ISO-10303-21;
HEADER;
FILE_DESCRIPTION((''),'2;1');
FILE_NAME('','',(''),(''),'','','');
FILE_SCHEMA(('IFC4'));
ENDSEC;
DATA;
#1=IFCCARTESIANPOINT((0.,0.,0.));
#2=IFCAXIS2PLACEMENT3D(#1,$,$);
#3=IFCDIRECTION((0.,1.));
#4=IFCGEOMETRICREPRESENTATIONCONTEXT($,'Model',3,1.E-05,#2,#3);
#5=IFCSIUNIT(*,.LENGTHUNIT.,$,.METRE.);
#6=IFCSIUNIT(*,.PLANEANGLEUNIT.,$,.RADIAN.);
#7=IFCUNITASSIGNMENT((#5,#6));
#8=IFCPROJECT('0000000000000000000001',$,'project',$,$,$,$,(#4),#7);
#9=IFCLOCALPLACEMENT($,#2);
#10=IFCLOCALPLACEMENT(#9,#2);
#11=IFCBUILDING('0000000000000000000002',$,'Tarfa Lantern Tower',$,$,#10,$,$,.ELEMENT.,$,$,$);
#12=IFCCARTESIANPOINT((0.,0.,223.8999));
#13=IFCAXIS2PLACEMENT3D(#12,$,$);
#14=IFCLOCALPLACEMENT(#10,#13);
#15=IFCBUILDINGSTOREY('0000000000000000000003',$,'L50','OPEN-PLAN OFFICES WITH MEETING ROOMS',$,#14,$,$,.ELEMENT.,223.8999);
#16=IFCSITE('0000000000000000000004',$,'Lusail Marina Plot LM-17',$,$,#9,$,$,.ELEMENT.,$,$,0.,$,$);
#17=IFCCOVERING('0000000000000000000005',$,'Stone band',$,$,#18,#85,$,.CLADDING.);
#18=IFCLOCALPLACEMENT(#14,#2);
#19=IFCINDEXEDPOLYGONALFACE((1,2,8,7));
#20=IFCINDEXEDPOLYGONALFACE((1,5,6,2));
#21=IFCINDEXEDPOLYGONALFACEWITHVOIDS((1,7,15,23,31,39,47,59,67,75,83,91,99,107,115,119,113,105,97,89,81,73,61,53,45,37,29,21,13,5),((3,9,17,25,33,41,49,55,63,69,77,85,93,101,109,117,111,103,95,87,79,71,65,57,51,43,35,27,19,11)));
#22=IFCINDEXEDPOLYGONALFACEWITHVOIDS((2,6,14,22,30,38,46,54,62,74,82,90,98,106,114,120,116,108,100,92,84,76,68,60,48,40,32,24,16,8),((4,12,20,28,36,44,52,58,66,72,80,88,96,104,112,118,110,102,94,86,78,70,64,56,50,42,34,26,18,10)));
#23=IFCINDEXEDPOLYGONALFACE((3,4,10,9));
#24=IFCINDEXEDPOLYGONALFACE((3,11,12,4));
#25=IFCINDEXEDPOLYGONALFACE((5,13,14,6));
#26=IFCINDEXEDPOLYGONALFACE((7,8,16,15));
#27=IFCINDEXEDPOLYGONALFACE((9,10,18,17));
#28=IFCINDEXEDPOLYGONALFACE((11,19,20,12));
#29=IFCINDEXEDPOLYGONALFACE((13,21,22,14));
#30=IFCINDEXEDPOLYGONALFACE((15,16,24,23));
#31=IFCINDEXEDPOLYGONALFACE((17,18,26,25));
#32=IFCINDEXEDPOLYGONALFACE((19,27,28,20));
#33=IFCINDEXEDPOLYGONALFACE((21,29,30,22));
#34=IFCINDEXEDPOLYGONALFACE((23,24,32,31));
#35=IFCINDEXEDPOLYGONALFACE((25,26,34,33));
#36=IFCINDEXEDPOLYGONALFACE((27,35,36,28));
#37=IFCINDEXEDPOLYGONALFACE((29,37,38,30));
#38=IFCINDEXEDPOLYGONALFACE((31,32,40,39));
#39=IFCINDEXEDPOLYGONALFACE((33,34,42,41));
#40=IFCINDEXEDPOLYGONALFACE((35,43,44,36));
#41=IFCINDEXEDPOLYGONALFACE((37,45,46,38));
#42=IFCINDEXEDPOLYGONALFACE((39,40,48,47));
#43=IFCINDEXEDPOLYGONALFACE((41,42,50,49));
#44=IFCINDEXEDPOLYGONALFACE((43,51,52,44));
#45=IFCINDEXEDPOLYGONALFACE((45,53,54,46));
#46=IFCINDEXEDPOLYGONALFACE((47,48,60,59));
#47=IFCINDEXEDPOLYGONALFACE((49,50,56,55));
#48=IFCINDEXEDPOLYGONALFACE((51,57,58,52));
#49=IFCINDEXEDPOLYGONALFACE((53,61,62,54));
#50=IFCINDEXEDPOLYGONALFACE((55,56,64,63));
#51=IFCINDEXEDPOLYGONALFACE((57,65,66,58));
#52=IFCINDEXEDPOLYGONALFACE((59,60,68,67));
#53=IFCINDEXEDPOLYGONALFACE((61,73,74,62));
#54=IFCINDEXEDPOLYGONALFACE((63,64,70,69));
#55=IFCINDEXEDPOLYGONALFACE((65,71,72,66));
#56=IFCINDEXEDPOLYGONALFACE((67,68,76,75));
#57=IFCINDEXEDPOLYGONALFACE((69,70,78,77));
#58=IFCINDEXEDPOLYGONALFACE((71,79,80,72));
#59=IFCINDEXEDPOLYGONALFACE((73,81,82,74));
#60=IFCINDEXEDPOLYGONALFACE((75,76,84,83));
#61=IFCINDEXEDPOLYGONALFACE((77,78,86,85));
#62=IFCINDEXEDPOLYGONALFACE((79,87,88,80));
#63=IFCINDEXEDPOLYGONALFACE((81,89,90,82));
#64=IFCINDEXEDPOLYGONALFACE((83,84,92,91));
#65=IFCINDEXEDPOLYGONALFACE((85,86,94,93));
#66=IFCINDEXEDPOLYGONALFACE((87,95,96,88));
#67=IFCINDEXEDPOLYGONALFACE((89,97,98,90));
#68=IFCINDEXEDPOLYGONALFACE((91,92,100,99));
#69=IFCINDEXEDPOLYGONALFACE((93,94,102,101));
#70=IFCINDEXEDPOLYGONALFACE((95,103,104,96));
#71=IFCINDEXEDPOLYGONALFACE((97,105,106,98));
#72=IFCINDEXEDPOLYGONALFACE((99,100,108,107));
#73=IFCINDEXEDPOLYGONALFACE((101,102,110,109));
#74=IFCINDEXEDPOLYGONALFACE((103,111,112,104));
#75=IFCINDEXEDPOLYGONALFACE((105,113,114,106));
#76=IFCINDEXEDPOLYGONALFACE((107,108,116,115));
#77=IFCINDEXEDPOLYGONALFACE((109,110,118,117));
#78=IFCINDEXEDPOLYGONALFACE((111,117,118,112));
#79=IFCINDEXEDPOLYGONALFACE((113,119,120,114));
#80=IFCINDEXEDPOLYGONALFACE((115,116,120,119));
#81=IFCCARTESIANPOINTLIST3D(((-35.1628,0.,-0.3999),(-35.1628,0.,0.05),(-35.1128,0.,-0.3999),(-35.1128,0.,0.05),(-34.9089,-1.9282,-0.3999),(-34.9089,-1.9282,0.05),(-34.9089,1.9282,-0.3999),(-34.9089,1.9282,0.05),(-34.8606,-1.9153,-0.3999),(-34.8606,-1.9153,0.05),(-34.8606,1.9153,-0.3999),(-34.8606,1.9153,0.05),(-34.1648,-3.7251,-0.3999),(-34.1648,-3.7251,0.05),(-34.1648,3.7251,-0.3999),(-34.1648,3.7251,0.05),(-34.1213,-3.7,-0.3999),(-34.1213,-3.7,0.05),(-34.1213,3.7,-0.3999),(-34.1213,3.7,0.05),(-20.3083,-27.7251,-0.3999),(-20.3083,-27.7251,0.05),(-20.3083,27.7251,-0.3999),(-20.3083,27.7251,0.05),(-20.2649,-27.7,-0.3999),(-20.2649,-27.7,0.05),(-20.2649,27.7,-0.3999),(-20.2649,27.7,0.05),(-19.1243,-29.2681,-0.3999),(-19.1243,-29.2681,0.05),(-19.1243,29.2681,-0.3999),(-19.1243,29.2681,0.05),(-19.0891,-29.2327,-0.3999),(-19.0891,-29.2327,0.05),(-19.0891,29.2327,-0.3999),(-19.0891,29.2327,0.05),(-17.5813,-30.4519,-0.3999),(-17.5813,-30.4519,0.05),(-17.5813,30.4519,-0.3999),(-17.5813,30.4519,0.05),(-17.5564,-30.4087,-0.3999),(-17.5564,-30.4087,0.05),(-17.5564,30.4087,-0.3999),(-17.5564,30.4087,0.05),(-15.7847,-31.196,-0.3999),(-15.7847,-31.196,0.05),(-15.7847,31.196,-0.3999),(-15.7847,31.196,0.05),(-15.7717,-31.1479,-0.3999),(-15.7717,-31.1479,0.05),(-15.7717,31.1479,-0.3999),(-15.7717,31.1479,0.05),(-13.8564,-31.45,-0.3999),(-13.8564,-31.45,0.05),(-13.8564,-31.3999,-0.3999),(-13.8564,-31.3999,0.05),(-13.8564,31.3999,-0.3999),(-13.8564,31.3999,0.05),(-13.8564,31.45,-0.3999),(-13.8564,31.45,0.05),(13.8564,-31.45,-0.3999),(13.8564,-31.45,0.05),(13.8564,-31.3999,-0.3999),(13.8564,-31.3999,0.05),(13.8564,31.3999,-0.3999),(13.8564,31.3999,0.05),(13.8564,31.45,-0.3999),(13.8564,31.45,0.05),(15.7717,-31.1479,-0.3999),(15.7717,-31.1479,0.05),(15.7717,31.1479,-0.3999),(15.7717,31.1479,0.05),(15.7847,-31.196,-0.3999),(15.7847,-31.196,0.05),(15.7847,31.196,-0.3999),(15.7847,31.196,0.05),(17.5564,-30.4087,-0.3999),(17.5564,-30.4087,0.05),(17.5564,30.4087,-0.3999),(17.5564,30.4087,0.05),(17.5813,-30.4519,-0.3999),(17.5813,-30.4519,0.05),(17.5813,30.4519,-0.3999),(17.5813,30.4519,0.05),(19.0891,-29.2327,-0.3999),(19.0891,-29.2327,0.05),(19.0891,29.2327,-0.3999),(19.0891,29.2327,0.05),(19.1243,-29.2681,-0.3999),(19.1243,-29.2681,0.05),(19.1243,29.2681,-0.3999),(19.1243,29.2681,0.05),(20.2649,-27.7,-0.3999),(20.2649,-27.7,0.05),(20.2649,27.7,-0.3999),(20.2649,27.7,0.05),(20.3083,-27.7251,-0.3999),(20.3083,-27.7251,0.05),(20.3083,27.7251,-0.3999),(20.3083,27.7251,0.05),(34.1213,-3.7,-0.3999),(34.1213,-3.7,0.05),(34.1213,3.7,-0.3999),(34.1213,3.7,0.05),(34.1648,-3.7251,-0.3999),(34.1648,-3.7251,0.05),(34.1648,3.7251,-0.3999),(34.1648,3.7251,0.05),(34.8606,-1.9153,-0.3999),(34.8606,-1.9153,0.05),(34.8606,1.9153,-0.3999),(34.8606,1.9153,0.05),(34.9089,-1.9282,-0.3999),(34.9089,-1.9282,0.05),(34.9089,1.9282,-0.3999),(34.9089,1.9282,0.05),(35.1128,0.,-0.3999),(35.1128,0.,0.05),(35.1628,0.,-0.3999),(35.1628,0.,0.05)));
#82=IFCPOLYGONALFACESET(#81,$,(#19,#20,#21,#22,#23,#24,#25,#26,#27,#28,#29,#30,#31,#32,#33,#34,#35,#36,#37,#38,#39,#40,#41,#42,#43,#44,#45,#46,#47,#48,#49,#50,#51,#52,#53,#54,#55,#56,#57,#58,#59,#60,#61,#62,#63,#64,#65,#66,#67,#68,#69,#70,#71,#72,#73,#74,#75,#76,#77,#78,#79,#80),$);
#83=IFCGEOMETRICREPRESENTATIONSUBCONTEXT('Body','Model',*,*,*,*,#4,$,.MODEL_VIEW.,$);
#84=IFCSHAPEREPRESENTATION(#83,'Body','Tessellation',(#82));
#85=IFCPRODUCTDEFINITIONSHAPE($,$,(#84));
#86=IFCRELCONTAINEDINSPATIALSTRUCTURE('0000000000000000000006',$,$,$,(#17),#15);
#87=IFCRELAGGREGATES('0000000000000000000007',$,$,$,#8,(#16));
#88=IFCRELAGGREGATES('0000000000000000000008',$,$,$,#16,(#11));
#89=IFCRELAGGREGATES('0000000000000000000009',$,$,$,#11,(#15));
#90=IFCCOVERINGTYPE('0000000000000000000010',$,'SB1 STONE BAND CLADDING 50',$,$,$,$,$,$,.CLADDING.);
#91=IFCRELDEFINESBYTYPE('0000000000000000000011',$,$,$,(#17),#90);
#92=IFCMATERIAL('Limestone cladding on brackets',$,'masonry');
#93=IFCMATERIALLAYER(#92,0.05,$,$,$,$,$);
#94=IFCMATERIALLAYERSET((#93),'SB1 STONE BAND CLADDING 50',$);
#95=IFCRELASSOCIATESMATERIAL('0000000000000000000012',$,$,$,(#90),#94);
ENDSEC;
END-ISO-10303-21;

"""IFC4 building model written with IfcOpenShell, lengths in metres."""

from ifc_helpers import new_model, si_unit, direction, frame, origin, place, context, subcontext, project, spatial, polyline, outline, extrude, material, layer, layer_set, type_object, element, save


model = new_model("IFC4")

# Units and contexts
model_context = context("Model", 3, precision=1e-05, world=origin(), true_north=direction((0.0, 1.0)))
body_context = subcontext(model_context, "Body", "Model", "MODEL_VIEW")
ifc_project = project(units=[si_unit("LENGTHUNIT", "METRE"), si_unit("PLANEANGLEUNIT", "RADIAN")], contexts=[model_context])

# Site, building, storey
site_placement = place(None, origin())
site = spatial("IfcSite", under=ifc_project, at=site_placement, Name="Lusail Marina Plot LM-17", CompositionType="ELEMENT", RefElevation=0.0)
building_placement = place(site_placement, origin())
building = spatial("IfcBuilding", under=site, at=building_placement, Name="Tarfa Lantern Tower", CompositionType="ELEMENT")
storey_placement = place(building_placement, frame((0.0, 0.0, 223.8999)))
storey = spatial("IfcBuildingStorey", under=building, at=storey_placement, Name="L50", Description="OPEN-PLAN OFFICES WITH MEETING ROOMS", CompositionType="ELEMENT", Elevation=223.8999)

# Covering
ifc_material_1 = material(Name="Limestone cladding on brackets", Category="masonry")
ifc_layer_1 = layer(ifc_material_1, 0.05)
ifc_layer_set_1 = layer_set([ifc_layer_1], Name="SB1 STONE BAND CLADDING 50")
covering_type_1 = type_object("IfcCoveringType", Name="SB1 STONE BAND CLADDING 50", PredefinedType="CLADDING", material=ifc_layer_set_1)
covering_1_placement = place(storey_placement, frame((0.0, 0.0, -0.3999)))
element("IfcCovering", 1, at=covering_1_placement, inside=storey, type_object=covering_type_1, Name="Stone band", PredefinedType="CLADDING", context=body_context, shape_type="SweptSolid", body=[
    extrude(outline(polyline([(34.1648, 3.7251), (20.3083, 27.7251), (19.1243, 29.2681), (17.5813, 30.4519), (15.7847, 31.196), (13.8564, 31.45), (-13.8564, 31.45), (-15.7847, 31.196), (-17.5813, 30.4519), (-19.1243, 29.2681), (-20.3083, 27.7251), (-34.1648, 3.7251), (-34.9089, 1.9282), (-35.1628, 0.0), (-34.9089, -1.9282), (-34.1648, -3.7251), (-20.3083, -27.7251), (-19.1243, -29.2681), (-17.5813, -30.4519), (-15.7847, -31.196), (-13.8564, -31.45), (13.8564, -31.45), (15.7847, -31.196), (17.5813, -30.4519), (19.1243, -29.2681), (20.3083, -27.7251), (34.1648, -3.7251), (34.9089, -1.9282), (35.1628, 0.0), (34.9089, 1.9282), (34.1648, 3.7251)]), holes=[polyline([(34.1213, 3.7), (20.2649, 27.7), (19.0891, 29.2327), (17.5564, 30.4087), (15.7717, 31.1479), (13.8564, 31.3999), (-13.8564, 31.3999), (-15.7717, 31.1479), (-17.5564, 30.4087), (-19.0891, 29.2327), (-20.2649, 27.7), (-34.1213, 3.7), (-34.8606, 1.9153), (-35.1128, 0.0), (-34.8606, -1.9153), (-34.1213, -3.7), (-20.2649, -27.7), (-19.0891, -29.2327), (-17.5564, -30.4087), (-15.7717, -31.1479), (-13.8564, -31.3999), (13.8564, -31.3999), (15.7717, -31.1479), (17.5564, -30.4087), (19.0891, -29.2327), (20.2649, -27.7), (34.1213, -3.7), (34.8606, -1.9153), (35.1128, 0.0), (34.8606, 1.9153), (34.1213, 3.7)])]), origin(), (0.0, 0.0, 1.0), 0.45),
])

save(model, "model.ifc")
